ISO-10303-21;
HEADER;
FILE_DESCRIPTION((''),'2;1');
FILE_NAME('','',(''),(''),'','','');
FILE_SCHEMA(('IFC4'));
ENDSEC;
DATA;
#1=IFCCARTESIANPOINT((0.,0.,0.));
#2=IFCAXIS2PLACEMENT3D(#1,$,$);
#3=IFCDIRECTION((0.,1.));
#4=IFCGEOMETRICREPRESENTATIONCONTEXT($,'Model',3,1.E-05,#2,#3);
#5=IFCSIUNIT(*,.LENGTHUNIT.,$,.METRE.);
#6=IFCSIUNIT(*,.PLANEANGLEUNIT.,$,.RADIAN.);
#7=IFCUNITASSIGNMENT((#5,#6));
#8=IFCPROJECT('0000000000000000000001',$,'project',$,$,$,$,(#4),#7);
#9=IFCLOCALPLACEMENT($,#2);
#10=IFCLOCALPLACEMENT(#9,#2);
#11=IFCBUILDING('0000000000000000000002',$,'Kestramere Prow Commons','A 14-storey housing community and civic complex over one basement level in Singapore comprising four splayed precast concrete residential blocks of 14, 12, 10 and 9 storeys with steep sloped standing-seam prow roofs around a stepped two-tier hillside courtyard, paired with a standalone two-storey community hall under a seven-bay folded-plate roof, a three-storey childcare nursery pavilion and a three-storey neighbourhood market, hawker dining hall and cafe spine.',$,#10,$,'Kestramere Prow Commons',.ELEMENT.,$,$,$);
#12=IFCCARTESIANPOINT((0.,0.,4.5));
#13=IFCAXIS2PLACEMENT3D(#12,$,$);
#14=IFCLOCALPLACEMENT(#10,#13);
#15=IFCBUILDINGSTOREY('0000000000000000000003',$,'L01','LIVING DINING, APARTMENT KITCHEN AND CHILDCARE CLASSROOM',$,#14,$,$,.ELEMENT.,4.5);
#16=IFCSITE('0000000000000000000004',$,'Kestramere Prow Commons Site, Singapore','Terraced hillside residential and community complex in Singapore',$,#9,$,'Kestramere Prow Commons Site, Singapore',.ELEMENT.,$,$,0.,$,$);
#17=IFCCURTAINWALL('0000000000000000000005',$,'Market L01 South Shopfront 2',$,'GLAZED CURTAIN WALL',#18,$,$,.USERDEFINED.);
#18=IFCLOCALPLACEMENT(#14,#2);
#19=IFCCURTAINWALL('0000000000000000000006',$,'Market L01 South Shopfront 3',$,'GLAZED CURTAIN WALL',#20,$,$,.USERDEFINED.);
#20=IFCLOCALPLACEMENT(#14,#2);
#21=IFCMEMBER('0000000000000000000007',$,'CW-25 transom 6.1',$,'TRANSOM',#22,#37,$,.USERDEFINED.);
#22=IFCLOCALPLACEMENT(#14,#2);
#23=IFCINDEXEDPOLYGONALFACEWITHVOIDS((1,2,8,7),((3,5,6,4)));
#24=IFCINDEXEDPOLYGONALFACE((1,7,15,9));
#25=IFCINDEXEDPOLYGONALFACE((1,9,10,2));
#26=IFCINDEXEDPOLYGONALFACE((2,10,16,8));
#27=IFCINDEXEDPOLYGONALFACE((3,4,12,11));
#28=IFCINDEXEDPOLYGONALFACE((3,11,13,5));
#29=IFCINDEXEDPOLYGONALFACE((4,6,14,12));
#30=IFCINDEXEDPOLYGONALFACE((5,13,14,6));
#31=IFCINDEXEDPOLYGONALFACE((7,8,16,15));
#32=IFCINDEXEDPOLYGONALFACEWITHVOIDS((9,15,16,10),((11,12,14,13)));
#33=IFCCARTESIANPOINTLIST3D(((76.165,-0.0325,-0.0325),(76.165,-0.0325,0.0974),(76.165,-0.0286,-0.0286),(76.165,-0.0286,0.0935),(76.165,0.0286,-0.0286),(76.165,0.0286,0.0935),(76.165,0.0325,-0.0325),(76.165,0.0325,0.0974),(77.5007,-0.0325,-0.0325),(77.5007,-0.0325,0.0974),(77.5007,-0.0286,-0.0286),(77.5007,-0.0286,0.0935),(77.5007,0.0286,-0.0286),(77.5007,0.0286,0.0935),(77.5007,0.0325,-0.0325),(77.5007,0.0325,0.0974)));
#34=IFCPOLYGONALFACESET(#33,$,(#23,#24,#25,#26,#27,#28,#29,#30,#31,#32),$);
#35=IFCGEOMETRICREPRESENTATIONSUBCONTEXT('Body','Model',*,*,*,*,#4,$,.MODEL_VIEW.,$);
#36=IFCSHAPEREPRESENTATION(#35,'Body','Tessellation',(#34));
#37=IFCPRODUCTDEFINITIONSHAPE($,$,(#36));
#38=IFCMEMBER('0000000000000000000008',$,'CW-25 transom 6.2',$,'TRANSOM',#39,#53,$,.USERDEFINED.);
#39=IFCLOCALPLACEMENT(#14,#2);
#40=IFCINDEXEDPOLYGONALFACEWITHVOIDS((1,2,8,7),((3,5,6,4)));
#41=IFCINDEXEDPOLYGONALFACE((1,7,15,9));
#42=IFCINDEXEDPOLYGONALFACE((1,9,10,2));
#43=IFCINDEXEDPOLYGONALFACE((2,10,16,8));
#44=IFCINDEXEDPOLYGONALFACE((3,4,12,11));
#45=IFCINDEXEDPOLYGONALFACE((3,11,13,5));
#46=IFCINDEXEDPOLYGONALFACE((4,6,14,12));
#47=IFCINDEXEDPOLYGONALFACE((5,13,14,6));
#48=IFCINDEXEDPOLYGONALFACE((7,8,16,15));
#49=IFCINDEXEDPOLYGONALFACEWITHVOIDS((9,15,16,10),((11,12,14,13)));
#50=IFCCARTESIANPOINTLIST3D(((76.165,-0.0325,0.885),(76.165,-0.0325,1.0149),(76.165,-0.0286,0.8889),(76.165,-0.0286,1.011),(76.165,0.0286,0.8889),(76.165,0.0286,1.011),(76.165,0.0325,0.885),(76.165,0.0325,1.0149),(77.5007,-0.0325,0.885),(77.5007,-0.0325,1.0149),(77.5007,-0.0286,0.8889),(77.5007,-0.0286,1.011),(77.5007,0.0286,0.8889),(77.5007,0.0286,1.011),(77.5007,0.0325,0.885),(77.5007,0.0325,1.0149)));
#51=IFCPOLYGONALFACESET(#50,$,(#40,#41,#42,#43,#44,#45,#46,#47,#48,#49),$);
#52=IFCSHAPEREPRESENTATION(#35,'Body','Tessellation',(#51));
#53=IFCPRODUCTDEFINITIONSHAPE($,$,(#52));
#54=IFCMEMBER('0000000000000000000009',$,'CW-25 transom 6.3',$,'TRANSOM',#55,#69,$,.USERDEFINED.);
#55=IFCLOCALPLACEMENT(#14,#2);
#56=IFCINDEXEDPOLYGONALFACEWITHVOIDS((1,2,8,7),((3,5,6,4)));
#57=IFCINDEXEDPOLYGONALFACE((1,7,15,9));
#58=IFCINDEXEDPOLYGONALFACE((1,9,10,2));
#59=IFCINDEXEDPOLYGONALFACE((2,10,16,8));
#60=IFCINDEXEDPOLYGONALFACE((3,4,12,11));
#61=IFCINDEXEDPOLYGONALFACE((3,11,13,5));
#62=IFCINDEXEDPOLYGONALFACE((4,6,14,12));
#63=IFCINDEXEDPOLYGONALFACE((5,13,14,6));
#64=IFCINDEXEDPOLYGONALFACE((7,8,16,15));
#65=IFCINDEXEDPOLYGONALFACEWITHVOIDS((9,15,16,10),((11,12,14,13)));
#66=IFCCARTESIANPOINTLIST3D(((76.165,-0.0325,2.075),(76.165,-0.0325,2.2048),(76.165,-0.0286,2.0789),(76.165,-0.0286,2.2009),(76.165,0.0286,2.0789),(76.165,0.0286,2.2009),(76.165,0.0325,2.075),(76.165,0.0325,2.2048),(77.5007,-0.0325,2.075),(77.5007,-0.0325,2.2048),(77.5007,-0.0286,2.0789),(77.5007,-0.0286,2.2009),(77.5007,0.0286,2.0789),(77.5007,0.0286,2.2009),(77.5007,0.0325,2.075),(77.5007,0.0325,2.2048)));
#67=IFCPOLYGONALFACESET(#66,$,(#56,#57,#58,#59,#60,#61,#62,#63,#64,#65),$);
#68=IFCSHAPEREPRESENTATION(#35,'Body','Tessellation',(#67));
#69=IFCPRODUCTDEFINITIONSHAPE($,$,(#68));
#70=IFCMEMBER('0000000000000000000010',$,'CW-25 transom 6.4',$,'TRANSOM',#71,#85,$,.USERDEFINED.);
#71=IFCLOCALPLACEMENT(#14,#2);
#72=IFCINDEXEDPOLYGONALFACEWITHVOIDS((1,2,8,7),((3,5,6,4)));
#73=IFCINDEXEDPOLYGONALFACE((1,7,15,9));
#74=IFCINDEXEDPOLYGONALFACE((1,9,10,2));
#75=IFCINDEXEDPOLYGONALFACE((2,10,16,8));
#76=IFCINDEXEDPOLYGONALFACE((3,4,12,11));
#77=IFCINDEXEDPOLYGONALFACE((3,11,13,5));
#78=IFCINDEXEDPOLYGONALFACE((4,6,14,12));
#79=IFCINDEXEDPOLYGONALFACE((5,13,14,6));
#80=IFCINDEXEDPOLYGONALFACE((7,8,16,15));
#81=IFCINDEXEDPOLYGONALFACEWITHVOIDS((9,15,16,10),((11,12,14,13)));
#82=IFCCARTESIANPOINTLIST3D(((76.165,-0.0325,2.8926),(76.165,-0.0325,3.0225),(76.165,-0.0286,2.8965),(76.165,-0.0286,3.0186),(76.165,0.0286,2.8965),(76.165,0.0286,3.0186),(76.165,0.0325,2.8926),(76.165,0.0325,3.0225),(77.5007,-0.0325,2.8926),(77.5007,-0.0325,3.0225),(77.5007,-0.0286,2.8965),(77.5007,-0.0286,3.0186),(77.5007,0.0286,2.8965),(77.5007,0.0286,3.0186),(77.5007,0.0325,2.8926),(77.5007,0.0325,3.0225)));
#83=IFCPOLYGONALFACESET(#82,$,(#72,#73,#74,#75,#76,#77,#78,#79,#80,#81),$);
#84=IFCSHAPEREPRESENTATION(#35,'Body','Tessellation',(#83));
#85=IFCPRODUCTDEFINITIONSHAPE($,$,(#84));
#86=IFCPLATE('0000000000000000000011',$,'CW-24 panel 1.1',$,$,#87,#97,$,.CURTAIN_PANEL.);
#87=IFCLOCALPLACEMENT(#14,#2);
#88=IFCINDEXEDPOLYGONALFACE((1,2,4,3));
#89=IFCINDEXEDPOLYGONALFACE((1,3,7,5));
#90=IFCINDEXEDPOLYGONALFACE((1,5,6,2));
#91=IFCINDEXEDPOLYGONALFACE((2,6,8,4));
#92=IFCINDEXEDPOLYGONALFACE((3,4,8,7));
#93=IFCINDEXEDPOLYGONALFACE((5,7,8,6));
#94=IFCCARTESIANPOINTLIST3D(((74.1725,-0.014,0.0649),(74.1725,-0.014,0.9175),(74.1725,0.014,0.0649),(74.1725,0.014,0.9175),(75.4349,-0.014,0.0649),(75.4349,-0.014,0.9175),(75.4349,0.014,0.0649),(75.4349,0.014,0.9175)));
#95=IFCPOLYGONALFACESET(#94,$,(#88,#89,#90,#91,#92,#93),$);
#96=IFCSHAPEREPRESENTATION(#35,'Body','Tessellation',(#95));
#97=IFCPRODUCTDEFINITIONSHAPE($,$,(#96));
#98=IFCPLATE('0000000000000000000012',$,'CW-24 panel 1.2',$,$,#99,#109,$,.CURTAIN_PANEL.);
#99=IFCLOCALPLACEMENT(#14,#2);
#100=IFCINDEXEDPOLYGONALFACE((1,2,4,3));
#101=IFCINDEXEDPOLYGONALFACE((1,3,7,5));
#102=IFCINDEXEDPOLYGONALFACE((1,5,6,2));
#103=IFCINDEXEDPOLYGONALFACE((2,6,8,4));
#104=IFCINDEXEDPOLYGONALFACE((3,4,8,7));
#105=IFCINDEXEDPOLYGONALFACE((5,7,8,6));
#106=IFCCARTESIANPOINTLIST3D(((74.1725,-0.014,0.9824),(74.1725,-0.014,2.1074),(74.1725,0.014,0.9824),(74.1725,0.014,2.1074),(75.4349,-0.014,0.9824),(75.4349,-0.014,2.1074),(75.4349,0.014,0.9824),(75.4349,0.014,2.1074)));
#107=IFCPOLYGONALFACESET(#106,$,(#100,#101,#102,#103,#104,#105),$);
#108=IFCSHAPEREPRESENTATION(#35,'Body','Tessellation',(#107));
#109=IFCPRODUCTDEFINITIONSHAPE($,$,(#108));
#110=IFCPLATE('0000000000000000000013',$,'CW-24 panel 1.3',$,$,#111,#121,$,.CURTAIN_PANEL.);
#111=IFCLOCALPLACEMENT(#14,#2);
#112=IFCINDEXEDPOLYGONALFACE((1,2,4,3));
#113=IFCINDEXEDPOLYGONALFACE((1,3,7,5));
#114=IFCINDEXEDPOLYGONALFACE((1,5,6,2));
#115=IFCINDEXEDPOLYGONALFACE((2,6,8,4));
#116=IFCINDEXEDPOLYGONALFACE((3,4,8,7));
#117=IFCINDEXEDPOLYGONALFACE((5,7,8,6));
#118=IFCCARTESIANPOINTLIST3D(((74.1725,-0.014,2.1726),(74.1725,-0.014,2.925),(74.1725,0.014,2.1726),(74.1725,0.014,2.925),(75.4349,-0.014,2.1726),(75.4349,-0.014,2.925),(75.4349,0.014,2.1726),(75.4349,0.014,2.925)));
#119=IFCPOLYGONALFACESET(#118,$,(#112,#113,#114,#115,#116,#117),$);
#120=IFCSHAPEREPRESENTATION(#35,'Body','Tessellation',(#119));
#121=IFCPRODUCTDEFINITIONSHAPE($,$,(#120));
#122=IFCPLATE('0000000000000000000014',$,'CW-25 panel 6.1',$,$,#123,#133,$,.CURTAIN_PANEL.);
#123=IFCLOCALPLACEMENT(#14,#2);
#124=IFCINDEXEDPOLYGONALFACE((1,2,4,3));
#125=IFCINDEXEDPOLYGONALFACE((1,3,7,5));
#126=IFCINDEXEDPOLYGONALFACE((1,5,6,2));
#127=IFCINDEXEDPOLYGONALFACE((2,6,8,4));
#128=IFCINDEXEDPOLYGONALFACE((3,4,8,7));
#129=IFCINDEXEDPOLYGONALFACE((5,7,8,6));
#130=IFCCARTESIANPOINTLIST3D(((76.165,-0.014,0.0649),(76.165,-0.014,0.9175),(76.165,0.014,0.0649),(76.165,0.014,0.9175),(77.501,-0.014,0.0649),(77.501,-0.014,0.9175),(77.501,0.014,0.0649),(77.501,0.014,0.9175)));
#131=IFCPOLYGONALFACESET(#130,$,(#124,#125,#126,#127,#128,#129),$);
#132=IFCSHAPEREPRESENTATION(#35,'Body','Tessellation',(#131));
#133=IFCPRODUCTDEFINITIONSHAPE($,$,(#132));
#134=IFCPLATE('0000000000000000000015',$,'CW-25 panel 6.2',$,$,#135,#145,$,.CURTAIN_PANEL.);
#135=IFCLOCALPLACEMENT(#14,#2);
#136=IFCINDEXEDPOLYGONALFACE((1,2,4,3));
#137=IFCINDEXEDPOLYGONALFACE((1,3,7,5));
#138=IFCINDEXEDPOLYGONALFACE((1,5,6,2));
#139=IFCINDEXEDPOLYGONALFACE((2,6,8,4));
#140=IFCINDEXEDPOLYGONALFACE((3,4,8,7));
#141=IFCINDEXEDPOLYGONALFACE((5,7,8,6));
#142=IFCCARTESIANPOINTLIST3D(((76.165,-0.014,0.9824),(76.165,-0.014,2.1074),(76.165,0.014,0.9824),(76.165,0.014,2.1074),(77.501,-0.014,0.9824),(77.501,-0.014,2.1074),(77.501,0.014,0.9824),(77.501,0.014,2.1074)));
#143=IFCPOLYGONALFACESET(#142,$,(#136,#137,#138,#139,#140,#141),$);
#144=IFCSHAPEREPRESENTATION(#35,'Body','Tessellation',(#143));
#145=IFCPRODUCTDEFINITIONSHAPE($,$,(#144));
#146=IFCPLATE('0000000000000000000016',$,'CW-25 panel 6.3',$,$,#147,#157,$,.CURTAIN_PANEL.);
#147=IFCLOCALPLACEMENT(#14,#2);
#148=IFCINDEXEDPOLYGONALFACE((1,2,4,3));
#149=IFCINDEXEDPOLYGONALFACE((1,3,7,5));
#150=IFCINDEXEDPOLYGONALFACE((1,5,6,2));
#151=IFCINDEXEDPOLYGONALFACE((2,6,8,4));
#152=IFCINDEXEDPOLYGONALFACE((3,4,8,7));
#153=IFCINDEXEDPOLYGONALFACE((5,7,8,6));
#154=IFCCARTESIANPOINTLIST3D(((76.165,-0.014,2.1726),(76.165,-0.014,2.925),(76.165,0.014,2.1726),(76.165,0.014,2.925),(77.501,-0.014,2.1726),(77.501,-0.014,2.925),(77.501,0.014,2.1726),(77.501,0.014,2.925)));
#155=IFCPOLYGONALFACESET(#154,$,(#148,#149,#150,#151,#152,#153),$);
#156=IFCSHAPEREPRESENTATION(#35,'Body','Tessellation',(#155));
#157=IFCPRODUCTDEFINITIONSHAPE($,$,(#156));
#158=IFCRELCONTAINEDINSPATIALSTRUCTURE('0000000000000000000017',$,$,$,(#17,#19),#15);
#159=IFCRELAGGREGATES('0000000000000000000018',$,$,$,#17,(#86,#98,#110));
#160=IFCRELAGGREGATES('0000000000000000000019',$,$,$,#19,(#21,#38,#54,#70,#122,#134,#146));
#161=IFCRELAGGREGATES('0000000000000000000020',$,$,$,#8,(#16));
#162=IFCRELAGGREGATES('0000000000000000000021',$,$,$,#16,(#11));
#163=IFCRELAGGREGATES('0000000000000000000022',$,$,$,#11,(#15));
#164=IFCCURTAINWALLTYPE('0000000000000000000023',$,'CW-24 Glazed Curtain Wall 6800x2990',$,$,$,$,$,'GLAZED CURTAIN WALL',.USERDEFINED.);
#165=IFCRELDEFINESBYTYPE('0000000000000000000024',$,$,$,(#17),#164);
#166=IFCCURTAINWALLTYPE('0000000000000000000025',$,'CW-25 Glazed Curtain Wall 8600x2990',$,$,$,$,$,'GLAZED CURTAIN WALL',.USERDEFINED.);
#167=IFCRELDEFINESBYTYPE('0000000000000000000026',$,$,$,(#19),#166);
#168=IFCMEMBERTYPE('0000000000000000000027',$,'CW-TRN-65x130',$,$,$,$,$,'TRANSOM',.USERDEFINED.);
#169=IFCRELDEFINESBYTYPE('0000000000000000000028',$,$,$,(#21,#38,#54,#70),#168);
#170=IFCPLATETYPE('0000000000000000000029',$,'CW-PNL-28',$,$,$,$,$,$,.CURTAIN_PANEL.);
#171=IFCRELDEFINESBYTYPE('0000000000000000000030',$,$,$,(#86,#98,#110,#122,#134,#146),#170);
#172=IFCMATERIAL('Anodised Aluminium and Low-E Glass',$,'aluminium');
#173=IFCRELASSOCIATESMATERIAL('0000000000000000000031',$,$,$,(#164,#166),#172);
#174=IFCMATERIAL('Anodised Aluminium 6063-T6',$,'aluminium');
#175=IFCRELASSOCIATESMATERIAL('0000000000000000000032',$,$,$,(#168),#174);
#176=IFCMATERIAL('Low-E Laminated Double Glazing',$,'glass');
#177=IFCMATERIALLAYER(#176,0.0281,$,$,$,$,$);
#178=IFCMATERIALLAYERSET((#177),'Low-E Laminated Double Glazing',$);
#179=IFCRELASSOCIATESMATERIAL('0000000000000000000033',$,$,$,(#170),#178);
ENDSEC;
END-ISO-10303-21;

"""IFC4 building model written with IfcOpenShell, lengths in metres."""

from ifc_helpers import new_model, si_unit, direction, frame, origin, origin_2d, place, context, subcontext, project, spatial, rectangle, hollow_rectangle, extrude, material, layer, layer_set, material_profile, profile_set, type_object, element, aggregate, save


model = new_model("IFC4")

# Units and contexts
model_context = context("Model", 3, precision=1e-05, world=origin(), true_north=direction((0.0, 1.0)))
body_context = subcontext(model_context, "Body", "Model", "MODEL_VIEW")
ifc_project = project(units=[si_unit("LENGTHUNIT", "METRE"), si_unit("PLANEANGLEUNIT", "RADIAN")], contexts=[model_context])

# Site, building, storey
site_placement = place(None, origin())
site = spatial("IfcSite", under=ifc_project, at=site_placement, Name="Kestramere Prow Commons Site, Singapore", Description="Terraced hillside residential and community complex in Singapore", LongName="Kestramere Prow Commons Site, Singapore", CompositionType="ELEMENT", RefElevation=0.0)
building_placement = place(site_placement, origin())
building = spatial("IfcBuilding", under=site, at=building_placement, Name="Kestramere Prow Commons", Description="A 14-storey housing community and civic complex over one basement level in Singapore comprising four splayed precast concrete residential blocks of 14, 12, 10 and 9 storeys with steep sloped standing-seam prow roofs around a stepped two-tier hillside courtyard, paired with a standalone two-storey community hall under a seven-bay folded-plate roof, a three-storey childcare nursery pavilion and a three-storey neighbourhood market, hawker dining hall and cafe spine.", LongName="Kestramere Prow Commons", CompositionType="ELEMENT")
storey_placement = place(building_placement, frame((0.0, 0.0, 4.5)))
storey = spatial("IfcBuildingStorey", under=building, at=storey_placement, Name="L01", Description="LIVING DINING, APARTMENT KITCHEN AND CHILDCARE CLASSROOM", CompositionType="ELEMENT", Elevation=4.5)

# Curtain wall
ifc_material_1 = material(Name="Anodised Aluminium and Low-E Glass", Category="aluminium")
curtain_wall_type_1 = type_object("IfcCurtainWallType", Name="CW-24 Glazed Curtain Wall 6800x2990", ElementType="GLAZED CURTAIN WALL", PredefinedType="USERDEFINED", material=ifc_material_1)
curtain_wall_1_placement = place(storey_placement, origin())
curtain_wall_1 = element("IfcCurtainWall", 1, at=curtain_wall_1_placement, inside=storey, type_object=curtain_wall_type_1, Name="Market L01 South Shopfront 2", ObjectType="GLAZED CURTAIN WALL", PredefinedType="USERDEFINED")
ifc_material_2 = material(Name="Anodised Aluminium 6063-T6", Category="aluminium")

# Curtain wall
curtain_wall_type_2 = type_object("IfcCurtainWallType", Name="CW-25 Glazed Curtain Wall 8600x2990", ElementType="GLAZED CURTAIN WALL", PredefinedType="USERDEFINED", material=ifc_material_1)
curtain_wall_2_placement = place(storey_placement, origin())
curtain_wall_2 = element("IfcCurtainWall", 2, at=curtain_wall_2_placement, inside=storey, type_object=curtain_wall_type_2, Name="Market L01 South Shopfront 3", ObjectType="GLAZED CURTAIN WALL", PredefinedType="USERDEFINED")

# Members
ifc_material_profile_1 = material_profile(ifc_material_2, hollow_rectangle(XDim=0.0649, YDim=0.1299, WallThickness=0.0039, at=origin_2d()), Name="ALU-TRN 65x130")
ifc_profile_set_1 = profile_set([ifc_material_profile_1], Name="Anodised Aluminium 6063-T6")
member_type_1 = type_object("IfcMemberType", Name="CW-TRN-65x130", ElementType="TRANSOM", PredefinedType="USERDEFINED", material=ifc_profile_set_1)
member_1_placement = place(storey_placement, frame((77.5007, 0.0, 0.0325), z_axis=(-1.0, 0.0, 0.0), x_axis=(0.0, -1.0, 0.0)))
member_1 = element("IfcMember", 3, at=member_1_placement, type_object=member_type_1, Name="CW-25 transom 6.1", ObjectType="TRANSOM", PredefinedType="USERDEFINED", context=body_context, shape_type="SweptSolid", body=[
    extrude(hollow_rectangle(XDim=0.0649, YDim=0.1299, WallThickness=0.0039, at=origin_2d()), origin(), (0.0, 0.0, 1.0), 1.3357),
])
member_2_placement = place(storey_placement, frame((77.5007, 0.0, 0.95), z_axis=(-1.0, 0.0, 0.0), x_axis=(0.0, -1.0, 0.0)))
member_2 = element("IfcMember", 4, at=member_2_placement, type_object=member_type_1, Name="CW-25 transom 6.2", ObjectType="TRANSOM", PredefinedType="USERDEFINED", context=body_context, shape_type="SweptSolid", body=[
    extrude(hollow_rectangle(XDim=0.0649, YDim=0.1299, WallThickness=0.0039, at=origin_2d()), origin(), (0.0, 0.0, 1.0), 1.3357),
])
member_3_placement = place(storey_placement, frame((77.5007, 0.0, 2.1399), z_axis=(-1.0, 0.0, 0.0), x_axis=(0.0, -1.0, 0.0)))
member_3 = element("IfcMember", 5, at=member_3_placement, type_object=member_type_1, Name="CW-25 transom 6.3", ObjectType="TRANSOM", PredefinedType="USERDEFINED", context=body_context, shape_type="SweptSolid", body=[
    extrude(hollow_rectangle(XDim=0.0649, YDim=0.1299, WallThickness=0.0039, at=origin_2d()), origin(), (0.0, 0.0, 1.0), 1.3357),
])
member_4_placement = place(storey_placement, frame((77.5007, 0.0, 2.9575), z_axis=(-1.0, 0.0, 0.0), x_axis=(0.0, -1.0, 0.0)))
member_4 = element("IfcMember", 6, at=member_4_placement, type_object=member_type_1, Name="CW-25 transom 6.4", ObjectType="TRANSOM", PredefinedType="USERDEFINED", context=body_context, shape_type="SweptSolid", body=[
    extrude(hollow_rectangle(XDim=0.0649, YDim=0.1299, WallThickness=0.0039, at=origin_2d()), origin(), (0.0, 0.0, 1.0), 1.3357),
])

# Plates
ifc_material_3 = material(Name="Low-E Laminated Double Glazing", Category="glass")
ifc_layer = layer(ifc_material_3, 0.0281)
ifc_layer_set = layer_set([ifc_layer], Name="Low-E Laminated Double Glazing")
plate_type = type_object("IfcPlateType", Name="CW-PNL-28", PredefinedType="CURTAIN_PANEL", material=ifc_layer_set)
plate_1_placement = place(storey_placement, frame((74.8037, 0.0, 0.0649), z_axis=(0.0, 0.0, 1.0), x_axis=(-1.0, 0.0, 0.0)))
plate_1 = element("IfcPlate", 7, at=plate_1_placement, type_object=plate_type, Name="CW-24 panel 1.1", PredefinedType="CURTAIN_PANEL", context=body_context, shape_type="SweptSolid", body=[
    extrude(rectangle(XDim=1.2625, YDim=0.0281, at=origin_2d()), origin(), (0.0, 0.0, 1.0), 0.8525),
])
plate_2_placement = place(storey_placement, frame((74.8037, 0.0, 0.9824), z_axis=(0.0, 0.0, 1.0), x_axis=(-1.0, 0.0, 0.0)))
plate_2 = element("IfcPlate", 8, at=plate_2_placement, type_object=plate_type, Name="CW-24 panel 1.2", PredefinedType="CURTAIN_PANEL", context=body_context, shape_type="SweptSolid", body=[
    extrude(rectangle(XDim=1.2625, YDim=0.0281, at=origin_2d()), origin(), (0.0, 0.0, 1.0), 1.125),
])
plate_3_placement = place(storey_placement, frame((74.8037, 0.0, 2.1726), z_axis=(0.0, 0.0, 1.0), x_axis=(-1.0, 0.0, 0.0)))
plate_3 = element("IfcPlate", 9, at=plate_3_placement, type_object=plate_type, Name="CW-24 panel 1.3", PredefinedType="CURTAIN_PANEL", context=body_context, shape_type="SweptSolid", body=[
    extrude(rectangle(XDim=1.2625, YDim=0.0281, at=origin_2d()), origin(), (0.0, 0.0, 1.0), 0.7524),
])
aggregate(curtain_wall_1, [plate_1, plate_2, plate_3])
plate_4_placement = place(storey_placement, frame((76.833, 0.0, 0.0649), z_axis=(0.0, 0.0, 1.0), x_axis=(-1.0, 0.0, 0.0)))
plate_4 = element("IfcPlate", 10, at=plate_4_placement, type_object=plate_type, Name="CW-25 panel 6.1", PredefinedType="CURTAIN_PANEL", context=body_context, shape_type="SweptSolid", body=[
    extrude(rectangle(XDim=1.3359, YDim=0.0281, at=origin_2d()), origin(), (0.0, 0.0, 1.0), 0.8525),
])
plate_5_placement = place(storey_placement, frame((76.833, 0.0, 0.9824), z_axis=(0.0, 0.0, 1.0), x_axis=(-1.0, 0.0, 0.0)))
plate_5 = element("IfcPlate", 11, at=plate_5_placement, type_object=plate_type, Name="CW-25 panel 6.2", PredefinedType="CURTAIN_PANEL", context=body_context, shape_type="SweptSolid", body=[
    extrude(rectangle(XDim=1.3359, YDim=0.0281, at=origin_2d()), origin(), (0.0, 0.0, 1.0), 1.125),
])
plate_6_placement = place(storey_placement, frame((76.833, 0.0, 2.1726), z_axis=(0.0, 0.0, 1.0), x_axis=(-1.0, 0.0, 0.0)))
plate_6 = element("IfcPlate", 12, at=plate_6_placement, type_object=plate_type, Name="CW-25 panel 6.3", PredefinedType="CURTAIN_PANEL", context=body_context, shape_type="SweptSolid", body=[
    extrude(rectangle(XDim=1.3359, YDim=0.0281, at=origin_2d()), origin(), (0.0, 0.0, 1.0), 0.7524),
])
aggregate(curtain_wall_2, [member_1, member_2, member_3, member_4, plate_4, plate_5, plate_6])

save(model, "model.ifc")
